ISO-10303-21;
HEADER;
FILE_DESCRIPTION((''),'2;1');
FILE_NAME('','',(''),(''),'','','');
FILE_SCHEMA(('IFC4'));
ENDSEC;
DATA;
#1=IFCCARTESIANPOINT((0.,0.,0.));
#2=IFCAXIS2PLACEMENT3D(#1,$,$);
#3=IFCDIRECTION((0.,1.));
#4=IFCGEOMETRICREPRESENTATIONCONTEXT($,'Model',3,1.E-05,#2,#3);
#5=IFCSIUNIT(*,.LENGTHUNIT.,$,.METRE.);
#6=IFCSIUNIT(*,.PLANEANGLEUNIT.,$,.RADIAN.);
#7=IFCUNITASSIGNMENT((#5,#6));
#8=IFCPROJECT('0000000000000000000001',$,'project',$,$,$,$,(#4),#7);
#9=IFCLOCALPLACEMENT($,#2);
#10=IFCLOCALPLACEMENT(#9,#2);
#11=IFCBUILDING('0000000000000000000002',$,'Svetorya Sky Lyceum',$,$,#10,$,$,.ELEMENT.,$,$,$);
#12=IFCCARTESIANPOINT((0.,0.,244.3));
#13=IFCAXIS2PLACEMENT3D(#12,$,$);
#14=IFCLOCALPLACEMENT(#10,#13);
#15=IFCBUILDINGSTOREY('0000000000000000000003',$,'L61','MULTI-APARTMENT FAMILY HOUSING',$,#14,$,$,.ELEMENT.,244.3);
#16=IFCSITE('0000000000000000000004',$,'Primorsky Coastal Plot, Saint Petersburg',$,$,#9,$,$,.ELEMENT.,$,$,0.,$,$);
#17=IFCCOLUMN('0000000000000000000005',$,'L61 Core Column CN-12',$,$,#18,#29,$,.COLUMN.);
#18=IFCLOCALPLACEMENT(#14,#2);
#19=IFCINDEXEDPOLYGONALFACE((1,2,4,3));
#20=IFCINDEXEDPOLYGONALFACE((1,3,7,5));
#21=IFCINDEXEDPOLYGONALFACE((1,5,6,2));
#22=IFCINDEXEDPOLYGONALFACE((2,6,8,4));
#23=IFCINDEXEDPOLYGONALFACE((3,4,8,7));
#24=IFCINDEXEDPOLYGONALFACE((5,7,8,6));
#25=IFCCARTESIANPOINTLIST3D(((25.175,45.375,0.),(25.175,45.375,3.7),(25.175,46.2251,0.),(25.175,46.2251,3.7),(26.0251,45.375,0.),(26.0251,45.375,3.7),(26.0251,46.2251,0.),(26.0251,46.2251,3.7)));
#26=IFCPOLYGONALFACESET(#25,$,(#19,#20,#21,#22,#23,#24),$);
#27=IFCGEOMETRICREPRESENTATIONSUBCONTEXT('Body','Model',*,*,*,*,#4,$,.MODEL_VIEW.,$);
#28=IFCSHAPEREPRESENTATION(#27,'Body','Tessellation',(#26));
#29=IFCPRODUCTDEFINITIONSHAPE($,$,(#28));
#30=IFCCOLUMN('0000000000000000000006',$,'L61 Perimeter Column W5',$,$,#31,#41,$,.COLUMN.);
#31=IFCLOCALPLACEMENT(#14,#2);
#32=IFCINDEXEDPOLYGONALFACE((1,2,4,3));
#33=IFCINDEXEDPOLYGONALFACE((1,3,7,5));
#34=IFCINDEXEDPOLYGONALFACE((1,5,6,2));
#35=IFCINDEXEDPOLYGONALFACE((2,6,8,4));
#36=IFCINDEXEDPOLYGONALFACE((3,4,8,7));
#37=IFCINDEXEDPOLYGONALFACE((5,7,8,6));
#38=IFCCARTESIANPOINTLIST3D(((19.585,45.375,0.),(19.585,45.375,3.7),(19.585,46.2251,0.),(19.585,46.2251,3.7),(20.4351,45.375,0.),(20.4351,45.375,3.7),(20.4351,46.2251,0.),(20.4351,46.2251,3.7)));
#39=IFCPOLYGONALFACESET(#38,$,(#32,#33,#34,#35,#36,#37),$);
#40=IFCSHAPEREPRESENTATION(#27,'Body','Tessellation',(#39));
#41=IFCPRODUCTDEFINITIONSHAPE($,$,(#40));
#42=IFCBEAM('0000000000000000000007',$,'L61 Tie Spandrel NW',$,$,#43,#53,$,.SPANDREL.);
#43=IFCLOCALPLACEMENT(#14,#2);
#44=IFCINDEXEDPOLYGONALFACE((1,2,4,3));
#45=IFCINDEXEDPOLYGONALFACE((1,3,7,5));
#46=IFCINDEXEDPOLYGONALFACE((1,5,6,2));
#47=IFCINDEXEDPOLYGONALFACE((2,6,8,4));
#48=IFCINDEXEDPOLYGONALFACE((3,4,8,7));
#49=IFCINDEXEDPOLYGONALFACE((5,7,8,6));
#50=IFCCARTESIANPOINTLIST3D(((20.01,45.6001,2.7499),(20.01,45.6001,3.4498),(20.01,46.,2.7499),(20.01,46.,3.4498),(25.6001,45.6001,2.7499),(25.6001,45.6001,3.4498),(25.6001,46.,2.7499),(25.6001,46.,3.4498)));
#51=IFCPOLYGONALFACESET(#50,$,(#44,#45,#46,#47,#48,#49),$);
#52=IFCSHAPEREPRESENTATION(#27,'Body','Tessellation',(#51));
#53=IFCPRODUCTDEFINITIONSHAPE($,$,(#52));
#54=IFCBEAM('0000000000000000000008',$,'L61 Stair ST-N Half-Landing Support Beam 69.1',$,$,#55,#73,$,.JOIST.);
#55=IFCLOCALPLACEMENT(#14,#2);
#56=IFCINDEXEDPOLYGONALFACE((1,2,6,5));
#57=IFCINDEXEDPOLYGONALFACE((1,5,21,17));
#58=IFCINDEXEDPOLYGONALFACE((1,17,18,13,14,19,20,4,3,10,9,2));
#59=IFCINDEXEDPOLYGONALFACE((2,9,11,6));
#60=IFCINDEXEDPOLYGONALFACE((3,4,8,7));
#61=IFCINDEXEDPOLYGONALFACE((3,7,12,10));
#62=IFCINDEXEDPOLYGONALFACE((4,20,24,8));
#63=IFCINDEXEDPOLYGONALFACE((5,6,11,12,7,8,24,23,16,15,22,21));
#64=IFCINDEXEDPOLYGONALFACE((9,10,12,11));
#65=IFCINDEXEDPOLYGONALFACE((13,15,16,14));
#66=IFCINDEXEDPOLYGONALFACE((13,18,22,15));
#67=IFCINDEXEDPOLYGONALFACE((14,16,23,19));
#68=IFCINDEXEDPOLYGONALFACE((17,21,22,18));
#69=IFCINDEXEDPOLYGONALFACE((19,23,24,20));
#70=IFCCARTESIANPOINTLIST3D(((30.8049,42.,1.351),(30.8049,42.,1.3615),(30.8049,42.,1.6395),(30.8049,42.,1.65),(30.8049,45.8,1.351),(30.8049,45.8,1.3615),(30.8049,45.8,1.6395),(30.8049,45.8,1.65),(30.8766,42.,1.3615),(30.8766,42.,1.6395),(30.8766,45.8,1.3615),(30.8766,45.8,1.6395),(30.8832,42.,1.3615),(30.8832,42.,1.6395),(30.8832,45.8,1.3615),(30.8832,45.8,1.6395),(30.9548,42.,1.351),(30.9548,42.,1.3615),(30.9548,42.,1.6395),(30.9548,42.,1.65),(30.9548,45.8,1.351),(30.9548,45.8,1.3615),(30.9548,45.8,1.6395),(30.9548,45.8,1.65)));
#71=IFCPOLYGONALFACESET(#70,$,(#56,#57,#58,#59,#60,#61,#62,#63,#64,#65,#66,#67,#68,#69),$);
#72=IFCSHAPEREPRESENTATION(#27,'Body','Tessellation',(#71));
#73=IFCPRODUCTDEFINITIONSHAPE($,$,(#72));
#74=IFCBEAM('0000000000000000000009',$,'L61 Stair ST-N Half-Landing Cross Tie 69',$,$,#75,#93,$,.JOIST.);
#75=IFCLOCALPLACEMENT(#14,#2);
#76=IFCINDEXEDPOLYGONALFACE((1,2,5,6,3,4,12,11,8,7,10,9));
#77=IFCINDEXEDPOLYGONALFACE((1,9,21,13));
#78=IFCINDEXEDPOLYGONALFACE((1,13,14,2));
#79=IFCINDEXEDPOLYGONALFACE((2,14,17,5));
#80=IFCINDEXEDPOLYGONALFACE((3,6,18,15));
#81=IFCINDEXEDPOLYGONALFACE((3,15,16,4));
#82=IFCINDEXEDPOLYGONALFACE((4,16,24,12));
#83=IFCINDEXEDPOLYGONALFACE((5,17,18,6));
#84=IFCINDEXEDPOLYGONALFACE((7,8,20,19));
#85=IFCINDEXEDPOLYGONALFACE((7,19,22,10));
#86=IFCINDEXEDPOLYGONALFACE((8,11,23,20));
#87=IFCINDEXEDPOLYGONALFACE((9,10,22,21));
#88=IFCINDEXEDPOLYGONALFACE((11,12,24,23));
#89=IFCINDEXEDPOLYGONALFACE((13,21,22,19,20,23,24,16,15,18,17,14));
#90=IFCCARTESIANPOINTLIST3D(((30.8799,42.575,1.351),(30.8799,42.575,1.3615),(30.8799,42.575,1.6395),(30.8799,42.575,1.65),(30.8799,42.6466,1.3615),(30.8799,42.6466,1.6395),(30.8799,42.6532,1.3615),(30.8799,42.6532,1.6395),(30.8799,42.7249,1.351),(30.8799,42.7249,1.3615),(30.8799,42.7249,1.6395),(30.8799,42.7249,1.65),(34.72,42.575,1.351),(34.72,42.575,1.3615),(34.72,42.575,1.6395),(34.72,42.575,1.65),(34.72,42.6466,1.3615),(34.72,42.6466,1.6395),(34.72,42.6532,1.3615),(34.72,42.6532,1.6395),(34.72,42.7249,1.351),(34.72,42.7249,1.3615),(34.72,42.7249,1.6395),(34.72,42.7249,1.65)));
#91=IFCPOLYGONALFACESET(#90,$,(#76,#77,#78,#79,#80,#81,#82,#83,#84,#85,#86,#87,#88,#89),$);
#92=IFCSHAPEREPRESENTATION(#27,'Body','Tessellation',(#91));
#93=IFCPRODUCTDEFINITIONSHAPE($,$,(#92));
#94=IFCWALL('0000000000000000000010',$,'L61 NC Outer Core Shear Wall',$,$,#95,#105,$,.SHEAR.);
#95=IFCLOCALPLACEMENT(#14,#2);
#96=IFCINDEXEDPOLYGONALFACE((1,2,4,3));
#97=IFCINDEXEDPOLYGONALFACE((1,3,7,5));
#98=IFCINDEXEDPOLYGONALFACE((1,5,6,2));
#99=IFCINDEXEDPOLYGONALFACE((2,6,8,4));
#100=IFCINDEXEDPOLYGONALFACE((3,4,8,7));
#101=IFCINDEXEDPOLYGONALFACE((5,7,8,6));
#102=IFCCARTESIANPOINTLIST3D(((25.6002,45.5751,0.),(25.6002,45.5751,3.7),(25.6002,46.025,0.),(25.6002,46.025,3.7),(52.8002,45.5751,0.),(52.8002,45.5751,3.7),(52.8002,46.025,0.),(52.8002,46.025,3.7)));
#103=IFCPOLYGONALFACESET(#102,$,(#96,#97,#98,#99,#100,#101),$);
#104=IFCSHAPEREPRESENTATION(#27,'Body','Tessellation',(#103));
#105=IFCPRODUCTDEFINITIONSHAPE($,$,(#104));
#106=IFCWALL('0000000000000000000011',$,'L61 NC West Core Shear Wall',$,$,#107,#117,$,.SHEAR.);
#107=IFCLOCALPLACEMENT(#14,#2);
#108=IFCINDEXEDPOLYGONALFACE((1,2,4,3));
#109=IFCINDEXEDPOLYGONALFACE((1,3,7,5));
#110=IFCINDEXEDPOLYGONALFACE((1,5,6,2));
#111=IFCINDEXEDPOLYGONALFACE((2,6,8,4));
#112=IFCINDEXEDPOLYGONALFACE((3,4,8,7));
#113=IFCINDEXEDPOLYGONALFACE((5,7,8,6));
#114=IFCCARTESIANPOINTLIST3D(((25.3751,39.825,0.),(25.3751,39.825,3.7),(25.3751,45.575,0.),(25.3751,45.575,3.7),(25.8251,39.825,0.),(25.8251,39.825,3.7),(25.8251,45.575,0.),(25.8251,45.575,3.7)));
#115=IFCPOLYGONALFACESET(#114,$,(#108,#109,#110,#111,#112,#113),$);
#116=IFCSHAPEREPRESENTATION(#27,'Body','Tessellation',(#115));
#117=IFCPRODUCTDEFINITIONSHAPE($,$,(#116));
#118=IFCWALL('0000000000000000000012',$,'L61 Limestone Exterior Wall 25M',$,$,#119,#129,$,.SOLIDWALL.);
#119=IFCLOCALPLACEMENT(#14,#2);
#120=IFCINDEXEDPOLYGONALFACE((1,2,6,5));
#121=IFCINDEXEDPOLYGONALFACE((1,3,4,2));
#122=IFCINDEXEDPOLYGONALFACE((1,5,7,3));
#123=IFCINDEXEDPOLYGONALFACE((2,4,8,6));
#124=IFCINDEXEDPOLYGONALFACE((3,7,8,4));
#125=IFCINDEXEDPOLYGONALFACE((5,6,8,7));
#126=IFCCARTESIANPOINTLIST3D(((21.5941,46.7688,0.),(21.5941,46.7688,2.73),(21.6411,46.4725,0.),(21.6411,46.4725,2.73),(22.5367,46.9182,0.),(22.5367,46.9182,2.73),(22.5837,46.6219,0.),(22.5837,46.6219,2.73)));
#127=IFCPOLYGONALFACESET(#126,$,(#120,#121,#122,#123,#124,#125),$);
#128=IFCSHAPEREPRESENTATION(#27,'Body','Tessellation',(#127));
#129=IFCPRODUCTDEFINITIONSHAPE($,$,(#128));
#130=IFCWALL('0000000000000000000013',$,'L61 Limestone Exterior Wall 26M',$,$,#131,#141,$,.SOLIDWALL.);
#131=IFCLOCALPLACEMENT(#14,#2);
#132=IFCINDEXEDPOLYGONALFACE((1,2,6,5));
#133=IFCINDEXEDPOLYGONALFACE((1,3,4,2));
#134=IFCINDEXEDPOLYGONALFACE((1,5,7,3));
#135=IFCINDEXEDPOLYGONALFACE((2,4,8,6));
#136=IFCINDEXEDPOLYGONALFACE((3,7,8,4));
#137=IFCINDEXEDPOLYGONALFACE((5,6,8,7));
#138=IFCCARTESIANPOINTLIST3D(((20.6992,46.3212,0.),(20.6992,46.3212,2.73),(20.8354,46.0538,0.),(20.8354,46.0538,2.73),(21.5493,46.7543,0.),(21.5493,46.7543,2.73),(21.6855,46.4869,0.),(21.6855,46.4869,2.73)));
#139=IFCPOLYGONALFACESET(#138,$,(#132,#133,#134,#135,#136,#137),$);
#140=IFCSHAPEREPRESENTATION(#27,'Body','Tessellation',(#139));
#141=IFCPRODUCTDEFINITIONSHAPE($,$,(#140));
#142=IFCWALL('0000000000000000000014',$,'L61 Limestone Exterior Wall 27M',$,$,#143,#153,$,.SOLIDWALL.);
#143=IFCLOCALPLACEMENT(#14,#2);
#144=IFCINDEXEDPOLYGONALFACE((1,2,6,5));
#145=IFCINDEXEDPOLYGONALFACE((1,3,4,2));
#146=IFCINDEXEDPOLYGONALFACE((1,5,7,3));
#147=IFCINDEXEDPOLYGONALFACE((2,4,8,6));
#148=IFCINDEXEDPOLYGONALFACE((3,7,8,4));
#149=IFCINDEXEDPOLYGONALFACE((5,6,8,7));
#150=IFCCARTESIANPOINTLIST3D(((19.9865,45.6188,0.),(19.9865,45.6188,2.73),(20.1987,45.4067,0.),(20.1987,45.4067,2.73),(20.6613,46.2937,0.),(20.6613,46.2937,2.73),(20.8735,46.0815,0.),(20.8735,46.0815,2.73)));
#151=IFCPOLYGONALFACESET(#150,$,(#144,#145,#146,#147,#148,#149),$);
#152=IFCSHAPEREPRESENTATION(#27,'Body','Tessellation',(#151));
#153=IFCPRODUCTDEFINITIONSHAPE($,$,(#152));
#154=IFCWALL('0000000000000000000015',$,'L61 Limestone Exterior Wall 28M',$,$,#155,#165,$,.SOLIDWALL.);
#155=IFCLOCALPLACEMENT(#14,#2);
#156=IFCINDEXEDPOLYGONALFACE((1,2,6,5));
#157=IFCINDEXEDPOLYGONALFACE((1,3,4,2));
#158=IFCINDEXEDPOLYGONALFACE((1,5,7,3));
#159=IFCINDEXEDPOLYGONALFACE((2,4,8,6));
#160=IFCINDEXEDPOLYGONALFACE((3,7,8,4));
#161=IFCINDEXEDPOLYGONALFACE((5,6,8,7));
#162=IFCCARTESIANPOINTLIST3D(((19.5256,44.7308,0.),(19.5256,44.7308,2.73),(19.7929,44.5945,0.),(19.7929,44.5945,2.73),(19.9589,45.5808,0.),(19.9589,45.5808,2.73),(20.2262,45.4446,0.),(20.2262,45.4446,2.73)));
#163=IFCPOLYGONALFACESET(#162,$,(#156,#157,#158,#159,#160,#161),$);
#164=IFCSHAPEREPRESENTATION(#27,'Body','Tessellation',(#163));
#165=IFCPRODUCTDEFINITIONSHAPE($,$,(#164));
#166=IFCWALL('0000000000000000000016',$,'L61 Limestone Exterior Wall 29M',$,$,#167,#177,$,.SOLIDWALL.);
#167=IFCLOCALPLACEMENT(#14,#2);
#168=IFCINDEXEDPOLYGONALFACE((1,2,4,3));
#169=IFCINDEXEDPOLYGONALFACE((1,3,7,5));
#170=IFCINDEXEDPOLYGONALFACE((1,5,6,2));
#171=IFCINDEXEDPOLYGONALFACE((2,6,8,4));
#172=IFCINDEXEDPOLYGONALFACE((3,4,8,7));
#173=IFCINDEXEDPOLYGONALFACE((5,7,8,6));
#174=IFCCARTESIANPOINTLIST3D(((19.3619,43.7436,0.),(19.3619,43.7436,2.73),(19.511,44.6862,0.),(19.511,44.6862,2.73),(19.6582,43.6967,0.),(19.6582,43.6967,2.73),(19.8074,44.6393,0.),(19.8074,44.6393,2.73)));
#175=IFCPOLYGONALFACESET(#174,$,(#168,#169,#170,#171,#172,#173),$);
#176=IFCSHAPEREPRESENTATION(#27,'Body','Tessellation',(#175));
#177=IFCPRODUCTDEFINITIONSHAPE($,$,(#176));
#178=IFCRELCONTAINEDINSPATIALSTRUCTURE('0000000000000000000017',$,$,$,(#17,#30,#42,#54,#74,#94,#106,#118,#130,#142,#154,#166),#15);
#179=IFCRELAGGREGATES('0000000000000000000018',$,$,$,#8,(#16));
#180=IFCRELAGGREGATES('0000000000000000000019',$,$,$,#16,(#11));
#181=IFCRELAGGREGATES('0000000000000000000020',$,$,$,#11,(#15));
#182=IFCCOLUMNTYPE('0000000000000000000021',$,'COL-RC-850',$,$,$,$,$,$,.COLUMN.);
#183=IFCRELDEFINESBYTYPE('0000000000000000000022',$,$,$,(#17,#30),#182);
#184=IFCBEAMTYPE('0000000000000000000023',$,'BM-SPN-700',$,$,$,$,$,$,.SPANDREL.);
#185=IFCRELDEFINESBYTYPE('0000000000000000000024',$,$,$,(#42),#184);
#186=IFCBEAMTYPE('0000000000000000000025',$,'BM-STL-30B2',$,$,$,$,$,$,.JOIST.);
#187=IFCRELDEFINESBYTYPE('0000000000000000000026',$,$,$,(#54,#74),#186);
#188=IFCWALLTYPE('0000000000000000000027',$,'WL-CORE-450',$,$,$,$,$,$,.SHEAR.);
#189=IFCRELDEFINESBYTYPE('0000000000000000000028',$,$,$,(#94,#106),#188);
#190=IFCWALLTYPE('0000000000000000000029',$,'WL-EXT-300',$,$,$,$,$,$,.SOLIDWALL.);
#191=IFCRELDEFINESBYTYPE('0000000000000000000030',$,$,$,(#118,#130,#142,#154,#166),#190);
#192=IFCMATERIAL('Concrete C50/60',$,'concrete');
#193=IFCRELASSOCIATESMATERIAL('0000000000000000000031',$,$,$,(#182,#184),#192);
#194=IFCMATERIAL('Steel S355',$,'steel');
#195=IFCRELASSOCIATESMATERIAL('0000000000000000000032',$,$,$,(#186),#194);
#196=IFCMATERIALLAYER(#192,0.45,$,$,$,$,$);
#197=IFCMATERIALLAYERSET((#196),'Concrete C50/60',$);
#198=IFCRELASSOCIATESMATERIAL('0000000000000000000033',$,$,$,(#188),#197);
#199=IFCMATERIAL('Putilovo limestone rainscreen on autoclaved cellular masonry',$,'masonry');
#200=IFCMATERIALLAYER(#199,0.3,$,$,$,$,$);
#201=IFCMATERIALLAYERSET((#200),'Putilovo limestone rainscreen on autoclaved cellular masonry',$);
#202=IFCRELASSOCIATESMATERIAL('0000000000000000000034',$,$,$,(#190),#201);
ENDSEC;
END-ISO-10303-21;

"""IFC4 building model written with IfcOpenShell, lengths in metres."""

from ifc_helpers import new_model, si_unit, direction, frame, frame_2d, origin, origin_2d, place, context, subcontext, project, spatial, rectangle, i_section, extrude, material, layer, layer_set, material_profile, profile_set, type_object, element, save


model = new_model("IFC4")

# Units and contexts
model_context = context("Model", 3, precision=1e-05, world=origin(), true_north=direction((0.0, 1.0)))
body_context = subcontext(model_context, "Body", "Model", "MODEL_VIEW")
ifc_project = project(units=[si_unit("LENGTHUNIT", "METRE"), si_unit("PLANEANGLEUNIT", "RADIAN")], contexts=[model_context])

# Site, building, storey
site_placement = place(None, origin())
site = spatial("IfcSite", under=ifc_project, at=site_placement, Name="Primorsky Coastal Plot, Saint Petersburg", CompositionType="ELEMENT", RefElevation=0.0)
building_placement = place(site_placement, origin())
building = spatial("IfcBuilding", under=site, at=building_placement, Name="Svetorya Sky Lyceum", CompositionType="ELEMENT")
storey_placement = place(building_placement, frame((0.0, 0.0, 244.3)))
storey = spatial("IfcBuildingStorey", under=building, at=storey_placement, Name="L61", Description="MULTI-APARTMENT FAMILY HOUSING", CompositionType="ELEMENT", Elevation=244.3)

# Columns
ifc_material_1 = material(Name="Concrete C50/60", Category="concrete")
ifc_material_profile_1 = material_profile(ifc_material_1, rectangle(XDim=0.8501, YDim=0.8501, at=origin_2d()), Name="RC COL 850x850")
ifc_profile_set_1 = profile_set([ifc_material_profile_1], Name="Concrete C50/60")
column_type = type_object("IfcColumnType", Name="COL-RC-850", PredefinedType="COLUMN", material=ifc_profile_set_1)
for number, where, z_axis, x_axis, name in (
    (1, (25.6001, 45.8, 0.0), (0.0, 0.0, 1.0), (1.0, 0.0, 0.0), "L61 Core Column CN-12"),
    (2, (20.01, 45.8, 0.0), (0.0, 0.0, 1.0), (1.0, 0.0, 0.0), "L61 Perimeter Column W5"),
):
    element("IfcColumn", number, at=place(storey_placement, frame(where, z_axis=z_axis, x_axis=x_axis)), inside=storey, type_object=column_type, Name=name, PredefinedType="COLUMN", context=body_context, shape_type="SweptSolid", body=[
        extrude(rectangle(XDim=0.8501, YDim=0.8501, at=origin_2d()), origin(), (0.0, 0.0, 1.0), 3.7),
    ])

# Beams
ifc_material_profile_2 = material_profile(ifc_material_1, rectangle(XDim=0.3999, YDim=0.7, at=origin_2d()), Name="RC SPANDREL 400x700")
ifc_profile_set_2 = profile_set([ifc_material_profile_2], Name="Concrete C50/60")
beam_type_1 = type_object("IfcBeamType", Name="BM-SPN-700", PredefinedType="SPANDREL", material=ifc_profile_set_2)
beam_1_placement = place(storey_placement, frame((20.01, 45.8, 3.0999), z_axis=(1.0, 0.0, 0.0), x_axis=(0.0, 1.0, 0.0)))
element("IfcBeam", 3, at=beam_1_placement, inside=storey, type_object=beam_type_1, Name="L61 Tie Spandrel NW", PredefinedType="SPANDREL", context=body_context, shape_type="SweptSolid", body=[
    extrude(rectangle(XDim=0.3999, YDim=0.7, at=origin_2d()), origin(), (0.0, 0.0, 1.0), 5.5901),
])
ifc_material_2 = material(Name="Steel S355", Category="steel")
ifc_material_profile_3 = material_profile(ifc_material_2, i_section(OverallWidth=0.1499, OverallDepth=0.2991, WebThickness=0.0066, FlangeThickness=0.0105, at=origin_2d()), Name="GOST 30B2")
ifc_profile_set_3 = profile_set([ifc_material_profile_3], Name="Steel S355")
beam_type_2 = type_object("IfcBeamType", Name="BM-STL-30B2", PredefinedType="JOIST", material=ifc_profile_set_3)
beam_2_placement = place(storey_placement, frame((30.8799, 42.0, 1.5005), z_axis=(0.0, 1.0, 0.0), x_axis=(-1.0, 0.0, 0.0)))
element("IfcBeam", 4, at=beam_2_placement, inside=storey, type_object=beam_type_2, Name="L61 Stair ST-N Half-Landing Support Beam 69.1", PredefinedType="JOIST", context=body_context, shape_type="SweptSolid", body=[
    extrude(i_section(OverallWidth=0.1499, OverallDepth=0.2991, WebThickness=0.0066, FlangeThickness=0.0105, at=origin_2d()), origin(), (0.0, 0.0, 1.0), 3.8),
])
beam_3_placement = place(storey_placement, frame((30.8799, 42.6499, 1.5005), z_axis=(1.0, 0.0, 0.0), x_axis=(0.0, 1.0, 0.0)))
element("IfcBeam", 5, at=beam_3_placement, inside=storey, type_object=beam_type_2, Name="L61 Stair ST-N Half-Landing Cross Tie 69", PredefinedType="JOIST", context=body_context, shape_type="SweptSolid", body=[
    extrude(i_section(OverallWidth=0.1499, OverallDepth=0.2991, WebThickness=0.0066, FlangeThickness=0.0105, at=origin_2d()), origin(), (0.0, 0.0, 1.0), 3.8401),
])

# Walls
ifc_layer_1 = layer(ifc_material_1, 0.45)
ifc_layer_set_1 = layer_set([ifc_layer_1], Name="Concrete C50/60")
wall_type_1 = type_object("IfcWallType", Name="WL-CORE-450", PredefinedType="SHEAR", material=ifc_layer_set_1)
wall_1_placement = place(storey_placement, frame((25.6001, 45.8, 0.0), z_axis=(0.0, 0.0, 1.0), x_axis=(1.0, 0.0, 0.0)))
element("IfcWall", 6, at=wall_1_placement, inside=storey, type_object=wall_type_1, Name="L61 NC Outer Core Shear Wall", PredefinedType="SHEAR", context=body_context, shape_type="SweptSolid", body=[
    extrude(rectangle(XDim=27.2, YDim=0.45, at=frame_2d((13.6001, 0.0))), origin(), (0.0, 0.0, 1.0), 3.7),
])
wall_2_placement = place(storey_placement, frame((25.6001, 39.825, 0.0), z_axis=(0.0, 0.0, 1.0), x_axis=(0.0, 1.0, 0.0)))
element("IfcWall", 7, at=wall_2_placement, inside=storey, type_object=wall_type_1, Name="L61 NC West Core Shear Wall", PredefinedType="SHEAR", context=body_context, shape_type="SweptSolid", body=[
    extrude(rectangle(XDim=5.75, YDim=0.45, at=frame_2d((2.875, 0.0))), origin(), (0.0, 0.0, 1.0), 3.7),
])
ifc_material_3 = material(Name="Putilovo limestone rainscreen on autoclaved cellular masonry", Category="masonry")
ifc_layer_2 = layer(ifc_material_3, 0.3)
ifc_layer_set_2 = layer_set([ifc_layer_2], Name="Putilovo limestone rainscreen on autoclaved cellular masonry")
wall_type_2 = type_object("IfcWallType", Name="WL-EXT-300", PredefinedType="SOLIDWALL", material=ifc_layer_set_2)
wall_3_placement = place(storey_placement, frame((22.5601, 46.77, 0.0), z_axis=(0.0, 0.0, 1.0), x_axis=(-0.987669, -0.156554, 0.0)))
element("IfcWall", 8, at=wall_3_placement, inside=storey, type_object=wall_type_2, Name="L61 Limestone Exterior Wall 25M", PredefinedType="SOLIDWALL", context=body_context, shape_type="SweptSolid", body=[
    extrude(rectangle(XDim=0.9543, YDim=0.3, at=frame_2d((0.4771, 0.0))), origin(), (0.0, 0.0, 1.0), 2.73),
])
wall_4_placement = place(storey_placement, frame((21.6174, 46.6206, 0.0), z_axis=(0.0, 0.0, 1.0), x_axis=(-0.891024, -0.453956, 0.0)))
element("IfcWall", 9, at=wall_4_placement, inside=storey, type_object=wall_type_2, Name="L61 Limestone Exterior Wall 26M", PredefinedType="SOLIDWALL", context=body_context, shape_type="SweptSolid", body=[
    extrude(rectangle(XDim=0.9541, YDim=0.3, at=frame_2d((0.4771, 0.0))), origin(), (0.0, 0.0, 1.0), 2.73),
])
wall_5_placement = place(storey_placement, frame((20.7673, 46.1875, 0.0), z_axis=(0.0, 0.0, 1.0), x_axis=(-0.707107, -0.707107, 0.0)))
element("IfcWall", 10, at=wall_5_placement, inside=storey, type_object=wall_type_2, Name="L61 Limestone Exterior Wall 27M", PredefinedType="SOLIDWALL", context=body_context, shape_type="SweptSolid", body=[
    extrude(rectangle(XDim=0.9543, YDim=0.3, at=frame_2d((0.4771, 0.0))), origin(), (0.0, 0.0, 1.0), 2.73),
])
wall_6_placement = place(storey_placement, frame((20.0925, 45.5127, 0.0), z_axis=(0.0, 0.0, 1.0), x_axis=(-0.45416, -0.89092, 0.0)))
element("IfcWall", 11, at=wall_6_placement, inside=storey, type_object=wall_type_2, Name="L61 Limestone Exterior Wall 28M", PredefinedType="SOLIDWALL", context=body_context, shape_type="SweptSolid", body=[
    extrude(rectangle(XDim=0.9541, YDim=0.3, at=frame_2d((0.4771, 0.0))), origin(), (0.0, 0.0, 1.0), 2.73),
])
wall_7_placement = place(storey_placement, frame((19.6592, 44.6626, 0.0), z_axis=(0.0, 0.0, 1.0), x_axis=(-0.156304, -0.987709, 0.0)))
element("IfcWall", 12, at=wall_7_placement, inside=storey, type_object=wall_type_2, Name="L61 Limestone Exterior Wall 29M", PredefinedType="SOLIDWALL", context=body_context, shape_type="SweptSolid", body=[
    extrude(rectangle(XDim=0.9543, YDim=0.3, at=frame_2d((0.4771, 0.0))), origin(), (0.0, 0.0, 1.0), 2.73),
])

save(model, "model.ifc")
